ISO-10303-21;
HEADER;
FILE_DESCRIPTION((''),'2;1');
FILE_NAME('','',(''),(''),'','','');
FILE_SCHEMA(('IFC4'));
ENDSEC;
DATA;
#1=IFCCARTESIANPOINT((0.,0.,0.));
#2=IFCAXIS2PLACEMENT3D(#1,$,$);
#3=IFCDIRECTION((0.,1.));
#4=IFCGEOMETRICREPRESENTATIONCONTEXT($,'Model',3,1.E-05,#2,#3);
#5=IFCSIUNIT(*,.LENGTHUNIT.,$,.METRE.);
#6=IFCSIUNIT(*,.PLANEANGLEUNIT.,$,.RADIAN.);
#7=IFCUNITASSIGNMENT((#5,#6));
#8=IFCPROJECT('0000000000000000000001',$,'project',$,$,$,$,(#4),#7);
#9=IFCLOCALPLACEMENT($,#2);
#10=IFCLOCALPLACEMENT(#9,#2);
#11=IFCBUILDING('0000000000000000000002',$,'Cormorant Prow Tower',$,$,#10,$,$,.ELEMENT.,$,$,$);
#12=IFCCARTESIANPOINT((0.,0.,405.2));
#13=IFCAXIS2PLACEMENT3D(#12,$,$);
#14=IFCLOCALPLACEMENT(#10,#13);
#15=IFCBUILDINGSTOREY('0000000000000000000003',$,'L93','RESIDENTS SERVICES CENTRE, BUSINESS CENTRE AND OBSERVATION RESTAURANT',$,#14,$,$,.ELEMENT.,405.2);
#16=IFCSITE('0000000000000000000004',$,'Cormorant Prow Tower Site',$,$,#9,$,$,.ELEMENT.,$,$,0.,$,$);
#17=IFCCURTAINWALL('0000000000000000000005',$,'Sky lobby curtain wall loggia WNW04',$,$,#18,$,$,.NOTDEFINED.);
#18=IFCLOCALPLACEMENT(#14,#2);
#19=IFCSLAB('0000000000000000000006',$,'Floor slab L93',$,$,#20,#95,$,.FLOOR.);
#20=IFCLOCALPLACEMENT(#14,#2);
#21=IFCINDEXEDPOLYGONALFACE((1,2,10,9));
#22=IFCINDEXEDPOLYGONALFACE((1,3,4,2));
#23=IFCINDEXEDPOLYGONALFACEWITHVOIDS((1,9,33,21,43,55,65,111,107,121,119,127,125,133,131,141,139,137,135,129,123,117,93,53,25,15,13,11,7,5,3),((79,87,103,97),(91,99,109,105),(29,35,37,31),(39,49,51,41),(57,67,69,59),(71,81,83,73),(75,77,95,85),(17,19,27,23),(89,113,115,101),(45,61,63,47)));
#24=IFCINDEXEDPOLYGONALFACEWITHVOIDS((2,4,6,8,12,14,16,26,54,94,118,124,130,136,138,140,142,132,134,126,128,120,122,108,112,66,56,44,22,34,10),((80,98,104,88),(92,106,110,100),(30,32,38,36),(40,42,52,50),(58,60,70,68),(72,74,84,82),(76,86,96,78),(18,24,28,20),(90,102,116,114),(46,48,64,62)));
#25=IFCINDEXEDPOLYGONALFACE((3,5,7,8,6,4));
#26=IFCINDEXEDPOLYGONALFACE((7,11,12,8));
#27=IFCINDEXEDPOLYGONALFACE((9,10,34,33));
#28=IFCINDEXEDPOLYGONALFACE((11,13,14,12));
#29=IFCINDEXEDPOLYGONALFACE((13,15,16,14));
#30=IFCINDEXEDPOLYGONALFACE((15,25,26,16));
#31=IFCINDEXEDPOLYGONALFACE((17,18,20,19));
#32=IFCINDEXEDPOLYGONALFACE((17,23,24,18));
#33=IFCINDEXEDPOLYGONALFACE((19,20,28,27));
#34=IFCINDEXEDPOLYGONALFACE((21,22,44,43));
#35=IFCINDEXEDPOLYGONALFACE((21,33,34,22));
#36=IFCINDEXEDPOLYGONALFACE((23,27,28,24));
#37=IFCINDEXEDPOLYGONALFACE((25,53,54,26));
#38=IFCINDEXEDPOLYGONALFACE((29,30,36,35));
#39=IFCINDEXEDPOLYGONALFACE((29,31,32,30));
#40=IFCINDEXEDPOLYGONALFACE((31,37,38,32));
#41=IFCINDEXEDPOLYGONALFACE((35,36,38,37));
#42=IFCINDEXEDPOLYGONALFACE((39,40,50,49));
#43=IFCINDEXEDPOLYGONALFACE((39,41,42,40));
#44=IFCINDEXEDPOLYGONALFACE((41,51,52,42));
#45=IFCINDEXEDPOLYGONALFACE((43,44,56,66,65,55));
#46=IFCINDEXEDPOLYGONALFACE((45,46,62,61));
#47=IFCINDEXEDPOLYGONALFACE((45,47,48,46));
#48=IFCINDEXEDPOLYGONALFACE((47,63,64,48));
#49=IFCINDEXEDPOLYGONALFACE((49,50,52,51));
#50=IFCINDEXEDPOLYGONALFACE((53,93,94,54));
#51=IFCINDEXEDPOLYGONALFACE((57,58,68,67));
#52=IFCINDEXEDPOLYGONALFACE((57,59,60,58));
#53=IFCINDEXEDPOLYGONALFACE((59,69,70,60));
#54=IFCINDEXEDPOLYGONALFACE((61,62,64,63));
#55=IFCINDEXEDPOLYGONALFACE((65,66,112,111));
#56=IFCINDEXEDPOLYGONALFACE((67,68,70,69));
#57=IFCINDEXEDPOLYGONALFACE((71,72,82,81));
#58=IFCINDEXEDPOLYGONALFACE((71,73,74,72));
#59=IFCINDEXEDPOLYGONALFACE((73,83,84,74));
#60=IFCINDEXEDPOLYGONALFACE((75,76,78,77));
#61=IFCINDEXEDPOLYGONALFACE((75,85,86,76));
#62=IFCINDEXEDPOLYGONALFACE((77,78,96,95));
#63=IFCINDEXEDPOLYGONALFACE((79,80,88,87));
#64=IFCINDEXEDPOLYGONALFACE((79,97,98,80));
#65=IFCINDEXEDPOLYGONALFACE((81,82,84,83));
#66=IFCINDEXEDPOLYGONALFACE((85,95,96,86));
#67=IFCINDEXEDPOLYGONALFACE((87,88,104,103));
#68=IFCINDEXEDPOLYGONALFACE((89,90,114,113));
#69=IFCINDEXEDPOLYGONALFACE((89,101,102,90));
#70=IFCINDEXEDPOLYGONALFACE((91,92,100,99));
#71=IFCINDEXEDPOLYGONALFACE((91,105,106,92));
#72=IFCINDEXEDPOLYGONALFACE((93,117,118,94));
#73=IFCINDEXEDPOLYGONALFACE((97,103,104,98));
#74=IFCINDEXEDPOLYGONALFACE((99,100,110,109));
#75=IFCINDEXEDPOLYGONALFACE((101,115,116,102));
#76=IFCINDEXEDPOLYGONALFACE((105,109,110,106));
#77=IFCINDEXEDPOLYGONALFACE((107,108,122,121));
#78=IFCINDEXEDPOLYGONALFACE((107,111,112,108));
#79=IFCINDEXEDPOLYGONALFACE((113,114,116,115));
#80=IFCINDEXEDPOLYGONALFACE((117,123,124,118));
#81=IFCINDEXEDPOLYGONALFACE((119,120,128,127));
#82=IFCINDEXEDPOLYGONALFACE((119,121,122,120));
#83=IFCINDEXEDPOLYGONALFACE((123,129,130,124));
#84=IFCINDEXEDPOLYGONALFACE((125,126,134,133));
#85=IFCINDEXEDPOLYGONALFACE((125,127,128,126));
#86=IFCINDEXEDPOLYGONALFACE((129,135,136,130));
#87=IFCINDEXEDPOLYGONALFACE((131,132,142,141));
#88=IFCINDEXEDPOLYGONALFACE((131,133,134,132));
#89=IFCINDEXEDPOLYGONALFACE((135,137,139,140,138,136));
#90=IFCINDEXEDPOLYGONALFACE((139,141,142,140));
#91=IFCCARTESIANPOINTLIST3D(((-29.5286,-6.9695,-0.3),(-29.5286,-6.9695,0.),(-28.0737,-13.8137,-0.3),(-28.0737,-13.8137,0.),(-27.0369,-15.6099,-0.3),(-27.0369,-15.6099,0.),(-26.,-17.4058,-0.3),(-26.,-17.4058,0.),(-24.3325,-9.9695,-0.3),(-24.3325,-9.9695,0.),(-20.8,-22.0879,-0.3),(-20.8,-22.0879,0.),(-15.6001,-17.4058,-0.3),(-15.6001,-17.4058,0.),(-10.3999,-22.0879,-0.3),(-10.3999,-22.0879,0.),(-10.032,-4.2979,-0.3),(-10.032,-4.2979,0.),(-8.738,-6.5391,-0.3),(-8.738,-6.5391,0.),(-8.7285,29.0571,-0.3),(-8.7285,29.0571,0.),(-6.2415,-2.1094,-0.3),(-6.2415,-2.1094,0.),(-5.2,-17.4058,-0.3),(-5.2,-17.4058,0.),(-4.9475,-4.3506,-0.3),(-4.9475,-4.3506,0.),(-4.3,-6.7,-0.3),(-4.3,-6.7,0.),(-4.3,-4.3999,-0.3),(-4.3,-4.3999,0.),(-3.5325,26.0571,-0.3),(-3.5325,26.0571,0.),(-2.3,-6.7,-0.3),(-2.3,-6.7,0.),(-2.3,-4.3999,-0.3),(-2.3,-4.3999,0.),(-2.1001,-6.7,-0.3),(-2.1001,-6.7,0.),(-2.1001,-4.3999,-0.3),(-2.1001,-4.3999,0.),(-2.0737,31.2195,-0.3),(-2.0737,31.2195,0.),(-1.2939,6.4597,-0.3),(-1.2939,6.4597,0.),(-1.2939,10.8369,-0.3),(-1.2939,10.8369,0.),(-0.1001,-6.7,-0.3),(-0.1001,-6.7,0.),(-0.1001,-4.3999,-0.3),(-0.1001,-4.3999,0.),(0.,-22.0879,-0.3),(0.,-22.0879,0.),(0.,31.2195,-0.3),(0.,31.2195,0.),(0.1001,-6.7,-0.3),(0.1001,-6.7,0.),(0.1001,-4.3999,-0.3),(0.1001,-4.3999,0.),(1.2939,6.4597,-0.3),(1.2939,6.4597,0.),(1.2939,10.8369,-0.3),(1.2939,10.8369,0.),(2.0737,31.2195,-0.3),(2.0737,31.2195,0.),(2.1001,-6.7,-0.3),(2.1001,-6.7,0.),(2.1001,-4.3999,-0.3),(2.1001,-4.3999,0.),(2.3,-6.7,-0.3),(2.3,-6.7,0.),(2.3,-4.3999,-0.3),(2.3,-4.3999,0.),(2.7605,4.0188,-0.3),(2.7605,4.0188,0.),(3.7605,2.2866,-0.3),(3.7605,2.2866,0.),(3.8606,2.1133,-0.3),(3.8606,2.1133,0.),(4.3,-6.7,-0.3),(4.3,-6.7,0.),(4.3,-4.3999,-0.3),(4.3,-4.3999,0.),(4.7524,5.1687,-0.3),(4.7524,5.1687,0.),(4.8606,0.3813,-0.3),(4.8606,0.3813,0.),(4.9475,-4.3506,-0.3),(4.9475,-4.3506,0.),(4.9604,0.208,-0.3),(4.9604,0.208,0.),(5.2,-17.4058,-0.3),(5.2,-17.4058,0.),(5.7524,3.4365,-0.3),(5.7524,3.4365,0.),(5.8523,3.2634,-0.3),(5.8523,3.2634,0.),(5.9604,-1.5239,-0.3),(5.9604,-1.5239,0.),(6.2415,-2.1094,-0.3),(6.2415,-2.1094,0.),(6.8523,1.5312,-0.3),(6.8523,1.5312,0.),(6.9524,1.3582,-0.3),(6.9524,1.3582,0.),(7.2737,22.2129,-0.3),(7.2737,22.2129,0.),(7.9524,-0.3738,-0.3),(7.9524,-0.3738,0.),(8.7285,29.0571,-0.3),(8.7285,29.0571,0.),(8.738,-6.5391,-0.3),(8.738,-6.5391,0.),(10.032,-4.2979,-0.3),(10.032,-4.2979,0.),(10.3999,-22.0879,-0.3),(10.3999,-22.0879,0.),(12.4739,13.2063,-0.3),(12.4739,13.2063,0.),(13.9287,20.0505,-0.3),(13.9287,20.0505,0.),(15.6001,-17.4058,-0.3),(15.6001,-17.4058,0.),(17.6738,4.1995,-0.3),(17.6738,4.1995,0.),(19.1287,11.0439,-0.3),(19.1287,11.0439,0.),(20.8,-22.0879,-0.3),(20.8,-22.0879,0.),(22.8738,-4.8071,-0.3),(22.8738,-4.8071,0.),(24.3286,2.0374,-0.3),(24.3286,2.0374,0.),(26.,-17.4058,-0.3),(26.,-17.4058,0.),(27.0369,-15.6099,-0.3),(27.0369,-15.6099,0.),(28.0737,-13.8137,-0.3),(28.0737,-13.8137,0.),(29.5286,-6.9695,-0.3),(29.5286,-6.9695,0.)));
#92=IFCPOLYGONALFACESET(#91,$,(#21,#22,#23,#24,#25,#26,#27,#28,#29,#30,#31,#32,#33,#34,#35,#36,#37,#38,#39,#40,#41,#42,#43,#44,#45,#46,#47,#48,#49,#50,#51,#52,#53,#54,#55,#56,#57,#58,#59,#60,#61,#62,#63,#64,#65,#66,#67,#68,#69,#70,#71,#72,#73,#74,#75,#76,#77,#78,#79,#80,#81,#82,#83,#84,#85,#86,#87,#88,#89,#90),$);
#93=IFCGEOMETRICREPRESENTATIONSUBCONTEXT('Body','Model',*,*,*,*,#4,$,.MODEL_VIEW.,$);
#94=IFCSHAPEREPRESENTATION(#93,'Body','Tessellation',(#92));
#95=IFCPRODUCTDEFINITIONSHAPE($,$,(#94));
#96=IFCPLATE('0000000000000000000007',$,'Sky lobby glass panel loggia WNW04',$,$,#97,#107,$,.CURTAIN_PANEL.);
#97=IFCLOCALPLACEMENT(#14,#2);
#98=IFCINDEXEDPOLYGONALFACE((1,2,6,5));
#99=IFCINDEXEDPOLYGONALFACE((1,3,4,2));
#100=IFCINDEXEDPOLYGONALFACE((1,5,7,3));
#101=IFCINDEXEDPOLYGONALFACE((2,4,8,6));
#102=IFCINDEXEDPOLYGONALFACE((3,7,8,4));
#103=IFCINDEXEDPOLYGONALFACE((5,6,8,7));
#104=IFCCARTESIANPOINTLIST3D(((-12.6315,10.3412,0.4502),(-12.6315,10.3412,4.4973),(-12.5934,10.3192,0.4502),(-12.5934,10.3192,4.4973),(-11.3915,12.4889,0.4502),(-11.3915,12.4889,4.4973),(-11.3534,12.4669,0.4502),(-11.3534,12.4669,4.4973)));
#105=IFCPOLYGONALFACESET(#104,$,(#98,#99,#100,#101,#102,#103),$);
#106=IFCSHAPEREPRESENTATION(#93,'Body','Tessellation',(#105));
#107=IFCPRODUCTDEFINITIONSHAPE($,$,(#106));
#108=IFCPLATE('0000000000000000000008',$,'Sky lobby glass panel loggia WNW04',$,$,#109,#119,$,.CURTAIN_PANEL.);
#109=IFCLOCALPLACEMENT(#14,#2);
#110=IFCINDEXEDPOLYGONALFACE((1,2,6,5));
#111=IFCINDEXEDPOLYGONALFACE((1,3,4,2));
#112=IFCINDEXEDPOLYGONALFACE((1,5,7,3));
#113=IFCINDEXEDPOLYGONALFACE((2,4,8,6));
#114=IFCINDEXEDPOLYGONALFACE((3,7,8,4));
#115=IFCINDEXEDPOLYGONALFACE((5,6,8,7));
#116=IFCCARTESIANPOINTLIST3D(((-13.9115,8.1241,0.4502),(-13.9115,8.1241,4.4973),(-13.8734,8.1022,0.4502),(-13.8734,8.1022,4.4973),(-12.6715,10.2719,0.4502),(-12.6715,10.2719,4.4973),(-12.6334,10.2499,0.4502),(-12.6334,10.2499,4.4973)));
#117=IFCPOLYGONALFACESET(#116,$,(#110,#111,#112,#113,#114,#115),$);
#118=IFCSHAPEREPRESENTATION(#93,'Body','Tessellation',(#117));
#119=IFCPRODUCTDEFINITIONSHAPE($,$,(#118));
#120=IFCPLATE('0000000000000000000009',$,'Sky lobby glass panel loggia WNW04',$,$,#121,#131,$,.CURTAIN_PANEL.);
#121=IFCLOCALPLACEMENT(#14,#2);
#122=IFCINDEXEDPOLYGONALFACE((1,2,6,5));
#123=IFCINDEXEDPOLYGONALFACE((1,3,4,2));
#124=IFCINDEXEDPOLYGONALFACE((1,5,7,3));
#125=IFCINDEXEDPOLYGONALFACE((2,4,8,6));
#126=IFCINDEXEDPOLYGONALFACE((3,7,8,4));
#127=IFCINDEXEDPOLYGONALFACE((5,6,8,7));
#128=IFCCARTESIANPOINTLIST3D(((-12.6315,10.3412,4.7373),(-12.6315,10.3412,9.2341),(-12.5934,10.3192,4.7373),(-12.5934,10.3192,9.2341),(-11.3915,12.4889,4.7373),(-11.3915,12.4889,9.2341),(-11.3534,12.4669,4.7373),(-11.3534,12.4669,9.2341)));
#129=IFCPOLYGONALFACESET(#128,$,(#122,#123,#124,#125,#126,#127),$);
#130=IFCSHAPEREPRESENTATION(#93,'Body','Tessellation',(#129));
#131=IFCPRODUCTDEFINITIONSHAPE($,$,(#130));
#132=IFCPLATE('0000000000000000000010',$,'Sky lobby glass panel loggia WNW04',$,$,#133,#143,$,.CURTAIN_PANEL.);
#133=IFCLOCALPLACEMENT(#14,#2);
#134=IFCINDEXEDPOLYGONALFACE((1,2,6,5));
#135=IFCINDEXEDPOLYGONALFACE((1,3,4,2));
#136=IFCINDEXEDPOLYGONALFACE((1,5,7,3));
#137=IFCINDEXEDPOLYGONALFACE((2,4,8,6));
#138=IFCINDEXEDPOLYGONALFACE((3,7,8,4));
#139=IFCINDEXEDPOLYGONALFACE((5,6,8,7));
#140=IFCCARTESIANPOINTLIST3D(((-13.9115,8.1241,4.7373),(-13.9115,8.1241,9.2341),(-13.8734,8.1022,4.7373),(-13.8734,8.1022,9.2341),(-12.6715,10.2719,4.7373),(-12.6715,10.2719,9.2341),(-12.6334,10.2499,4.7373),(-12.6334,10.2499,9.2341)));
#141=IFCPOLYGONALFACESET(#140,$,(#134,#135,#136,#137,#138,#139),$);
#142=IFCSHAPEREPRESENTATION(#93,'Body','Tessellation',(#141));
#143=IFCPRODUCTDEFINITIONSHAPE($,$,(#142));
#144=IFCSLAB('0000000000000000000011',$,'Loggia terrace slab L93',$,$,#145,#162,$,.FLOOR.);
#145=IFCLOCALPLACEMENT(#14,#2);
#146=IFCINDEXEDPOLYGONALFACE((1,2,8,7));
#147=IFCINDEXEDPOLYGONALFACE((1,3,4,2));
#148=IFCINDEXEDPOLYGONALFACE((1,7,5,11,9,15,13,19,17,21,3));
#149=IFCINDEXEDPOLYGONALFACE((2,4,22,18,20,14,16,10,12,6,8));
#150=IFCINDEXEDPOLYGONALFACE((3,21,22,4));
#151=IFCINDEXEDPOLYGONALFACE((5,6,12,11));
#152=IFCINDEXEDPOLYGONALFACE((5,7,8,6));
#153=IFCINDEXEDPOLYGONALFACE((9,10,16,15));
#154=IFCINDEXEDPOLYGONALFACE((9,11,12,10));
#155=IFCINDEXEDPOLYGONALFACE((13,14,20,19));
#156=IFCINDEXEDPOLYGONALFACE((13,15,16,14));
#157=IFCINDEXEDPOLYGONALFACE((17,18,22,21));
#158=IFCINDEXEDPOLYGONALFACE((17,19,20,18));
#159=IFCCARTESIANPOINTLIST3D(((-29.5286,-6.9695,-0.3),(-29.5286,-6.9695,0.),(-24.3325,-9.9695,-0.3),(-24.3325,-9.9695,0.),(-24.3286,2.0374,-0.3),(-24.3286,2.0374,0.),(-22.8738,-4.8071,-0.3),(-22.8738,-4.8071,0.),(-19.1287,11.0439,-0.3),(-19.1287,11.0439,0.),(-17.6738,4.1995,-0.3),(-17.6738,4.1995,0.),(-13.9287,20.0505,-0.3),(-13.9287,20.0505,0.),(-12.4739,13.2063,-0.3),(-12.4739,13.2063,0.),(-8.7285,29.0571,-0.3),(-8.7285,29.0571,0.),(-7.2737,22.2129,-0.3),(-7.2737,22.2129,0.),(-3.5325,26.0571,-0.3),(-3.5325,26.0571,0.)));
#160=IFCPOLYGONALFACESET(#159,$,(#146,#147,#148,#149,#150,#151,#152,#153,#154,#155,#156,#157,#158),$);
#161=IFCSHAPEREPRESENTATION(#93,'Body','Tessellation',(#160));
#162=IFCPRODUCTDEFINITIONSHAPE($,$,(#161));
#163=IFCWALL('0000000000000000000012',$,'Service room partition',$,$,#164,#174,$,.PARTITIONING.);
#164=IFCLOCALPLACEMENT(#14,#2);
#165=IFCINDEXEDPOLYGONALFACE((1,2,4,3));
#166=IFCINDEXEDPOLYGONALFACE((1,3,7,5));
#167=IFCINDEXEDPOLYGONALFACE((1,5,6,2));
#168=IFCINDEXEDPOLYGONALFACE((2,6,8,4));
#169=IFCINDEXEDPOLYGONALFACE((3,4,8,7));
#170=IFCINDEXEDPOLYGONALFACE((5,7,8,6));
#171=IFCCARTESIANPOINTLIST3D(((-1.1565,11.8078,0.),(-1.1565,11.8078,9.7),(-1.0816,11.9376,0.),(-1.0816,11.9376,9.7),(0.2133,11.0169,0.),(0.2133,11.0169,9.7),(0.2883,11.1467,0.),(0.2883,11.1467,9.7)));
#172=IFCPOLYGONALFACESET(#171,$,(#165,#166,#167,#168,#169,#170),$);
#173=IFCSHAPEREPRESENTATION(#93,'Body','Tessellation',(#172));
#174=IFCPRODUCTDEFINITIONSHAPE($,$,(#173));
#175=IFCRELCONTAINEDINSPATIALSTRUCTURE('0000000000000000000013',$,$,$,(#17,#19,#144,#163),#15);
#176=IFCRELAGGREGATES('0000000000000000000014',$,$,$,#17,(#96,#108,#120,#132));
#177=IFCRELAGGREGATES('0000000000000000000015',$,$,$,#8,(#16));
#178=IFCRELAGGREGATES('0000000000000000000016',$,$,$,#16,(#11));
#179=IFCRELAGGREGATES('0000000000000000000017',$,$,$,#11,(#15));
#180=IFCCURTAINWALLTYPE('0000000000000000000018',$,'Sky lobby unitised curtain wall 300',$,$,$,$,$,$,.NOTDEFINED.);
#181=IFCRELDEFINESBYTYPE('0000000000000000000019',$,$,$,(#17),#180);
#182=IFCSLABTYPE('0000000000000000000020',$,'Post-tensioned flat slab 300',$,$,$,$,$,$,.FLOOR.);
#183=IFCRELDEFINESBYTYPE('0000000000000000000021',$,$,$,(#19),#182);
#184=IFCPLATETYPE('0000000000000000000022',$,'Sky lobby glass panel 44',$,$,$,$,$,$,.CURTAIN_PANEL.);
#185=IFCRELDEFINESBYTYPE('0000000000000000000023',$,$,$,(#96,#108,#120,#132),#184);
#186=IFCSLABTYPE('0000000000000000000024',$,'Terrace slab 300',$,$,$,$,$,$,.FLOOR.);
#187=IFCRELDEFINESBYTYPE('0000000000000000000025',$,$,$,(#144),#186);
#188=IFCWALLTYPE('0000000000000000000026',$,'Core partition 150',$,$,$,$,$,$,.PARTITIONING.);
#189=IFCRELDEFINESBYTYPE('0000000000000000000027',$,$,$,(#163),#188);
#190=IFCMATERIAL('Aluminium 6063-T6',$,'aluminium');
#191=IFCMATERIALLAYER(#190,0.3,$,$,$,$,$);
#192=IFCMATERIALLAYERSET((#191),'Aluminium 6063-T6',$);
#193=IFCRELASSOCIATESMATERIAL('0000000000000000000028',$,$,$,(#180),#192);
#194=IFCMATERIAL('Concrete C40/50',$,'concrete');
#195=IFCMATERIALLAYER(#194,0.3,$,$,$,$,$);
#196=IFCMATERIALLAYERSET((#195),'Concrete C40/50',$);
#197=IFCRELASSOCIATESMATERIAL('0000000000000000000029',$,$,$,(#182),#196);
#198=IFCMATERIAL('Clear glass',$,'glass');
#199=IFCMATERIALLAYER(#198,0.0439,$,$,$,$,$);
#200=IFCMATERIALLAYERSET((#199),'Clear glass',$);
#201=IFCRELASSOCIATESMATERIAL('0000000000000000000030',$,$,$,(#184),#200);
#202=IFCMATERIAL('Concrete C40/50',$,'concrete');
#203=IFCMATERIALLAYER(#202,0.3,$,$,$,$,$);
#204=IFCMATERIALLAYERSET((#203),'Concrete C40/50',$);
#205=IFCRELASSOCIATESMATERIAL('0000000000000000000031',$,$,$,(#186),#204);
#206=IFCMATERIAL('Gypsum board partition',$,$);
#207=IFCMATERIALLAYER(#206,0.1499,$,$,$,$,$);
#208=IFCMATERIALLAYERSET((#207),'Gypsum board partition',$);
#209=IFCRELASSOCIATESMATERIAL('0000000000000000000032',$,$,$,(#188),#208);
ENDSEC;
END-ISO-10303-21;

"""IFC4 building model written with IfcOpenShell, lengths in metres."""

from ifc_helpers import new_model, si_unit, direction, frame, frame_2d, origin, origin_2d, place, context, subcontext, project, spatial, polyline, rectangle, outline, extrude, material, layer, layer_set, type_object, element, aggregate, save


model = new_model("IFC4")

# Units and contexts
model_context = context("Model", 3, precision=1e-05, world=origin(), true_north=direction((0.0, 1.0)))
body_context = subcontext(model_context, "Body", "Model", "MODEL_VIEW")
ifc_project = project(units=[si_unit("LENGTHUNIT", "METRE"), si_unit("PLANEANGLEUNIT", "RADIAN")], contexts=[model_context])

# Site, building, storey
site_placement = place(None, origin())
site = spatial("IfcSite", under=ifc_project, at=site_placement, Name="Cormorant Prow Tower Site", CompositionType="ELEMENT", RefElevation=0.0)
building_placement = place(site_placement, origin())
building = spatial("IfcBuilding", under=site, at=building_placement, Name="Cormorant Prow Tower", CompositionType="ELEMENT")
storey_placement = place(building_placement, frame((0.0, 0.0, 405.2)))
storey = spatial("IfcBuildingStorey", under=building, at=storey_placement, Name="L93", Description="RESIDENTS SERVICES CENTRE, BUSINESS CENTRE AND OBSERVATION RESTAURANT", CompositionType="ELEMENT", Elevation=405.2)

# Curtain wall
ifc_material_1 = material(Name="Aluminium 6063-T6", Category="aluminium")
ifc_layer_1 = layer(ifc_material_1, 0.3)
ifc_layer_set_1 = layer_set([ifc_layer_1], Name="Aluminium 6063-T6")
curtain_wall_type = type_object("IfcCurtainWallType", Name="Sky lobby unitised curtain wall 300", PredefinedType="NOTDEFINED", material=ifc_layer_set_1)
curtain_wall_1_placement = place(storey_placement, origin())
curtain_wall_1 = element("IfcCurtainWall", 1, at=curtain_wall_1_placement, inside=storey, type_object=curtain_wall_type, Name="Sky lobby curtain wall loggia WNW04", PredefinedType="NOTDEFINED")

# Slab
ifc_material_2 = material(Name="Concrete C40/50", Category="concrete")
ifc_layer_2 = layer(ifc_material_2, 0.3)
ifc_layer_set_2 = layer_set([ifc_layer_2], Name="Concrete C40/50")
slab_type_1 = type_object("IfcSlabType", Name="Post-tensioned flat slab 300", PredefinedType="FLOOR", material=ifc_layer_set_2)
slab_1_placement = place(storey_placement, frame((0.0, 0.0, -0.3)))
element("IfcSlab", 2, at=slab_1_placement, inside=storey, type_object=slab_type_1, Name="Floor slab L93", PredefinedType="FLOOR", context=body_context, shape_type="SweptSolid", body=[
    extrude(outline(polyline([(22.8738, -4.8071), (24.3286, 2.0374), (17.6738, 4.1995), (19.1287, 11.0439), (12.4739, 13.2063), (13.9287, 20.0505), (7.2737, 22.2129), (8.7285, 29.0571), (2.0737, 31.2195), (0.0, 31.2195), (-2.0737, 31.2195), (-8.7285, 29.0571), (-3.5325, 26.0571), (-24.3325, -9.9695), (-29.5286, -6.9695), (-28.0737, -13.8137), (-27.0369, -15.6099), (-26.0, -17.4058), (-20.8, -22.0879), (-15.6001, -17.4058), (-10.3999, -22.0879), (-5.2, -17.4058), (0.0, -22.0879), (5.2, -17.4058), (10.3999, -22.0879), (15.6001, -17.4058), (20.8, -22.0879), (26.0, -17.4058), (27.0369, -15.6099), (28.0737, -13.8137), (29.5286, -6.9695), (22.8738, -4.8071)]), holes=[polyline([(-4.3, -4.3999), (-2.3, -4.3999), (-2.3, -6.7), (-4.3, -6.7), (-4.3, -4.3999)]), polyline([(-0.1001, -4.3999), (-0.1001, -6.7), (-2.1001, -6.7), (-2.1001, -4.3999), (-0.1001, -4.3999)]), polyline([(2.1001, -6.7), (0.1001, -6.7), (0.1001, -4.3999), (2.1001, -4.3999), (2.1001, -6.7)]), polyline([(2.3, -6.7), (2.3, -4.3999), (4.3, -4.3999), (4.3, -6.7), (2.3, -6.7)]), polyline([(5.9604, -1.5239), (4.9604, 0.208), (6.9524, 1.3582), (7.9524, -0.3738), (5.9604, -1.5239)]), polyline([(3.8606, 2.1133), (5.8523, 3.2634), (6.8523, 1.5312), (4.8606, 0.3813), (3.8606, 2.1133)]), polyline([(4.7524, 5.1687), (5.7524, 3.4365), (3.7605, 2.2866), (2.7605, 4.0188), (4.7524, 5.1687)]), polyline([(-4.9475, -4.3506), (-8.738, -6.5391), (-10.032, -4.2979), (-6.2415, -2.1094), (-4.9475, -4.3506)]), polyline([(10.032, -4.2979), (8.738, -6.5391), (4.9475, -4.3506), (6.2415, -2.1094), (10.032, -4.2979)]), polyline([(1.2939, 10.8369), (1.2939, 6.4597), (-1.2939, 6.4597), (-1.2939, 10.8369), (1.2939, 10.8369)])]), origin(), (0.0, 0.0, 1.0), 0.3),
])

# Plates
ifc_material_3 = material(Name="Clear glass", Category="glass")
ifc_layer_3 = layer(ifc_material_3, 0.0439)
ifc_layer_set_3 = layer_set([ifc_layer_3], Name="Clear glass")
plate_type = type_object("IfcPlateType", Name="Sky lobby glass panel 44", PredefinedType="CURTAIN_PANEL", material=ifc_layer_set_3)
plate_1_placement = place(storey_placement, frame((-11.9924, 11.4041, 0.4502), z_axis=(0.0, 0.0, 1.0), x_axis=(-0.5, -0.866025, 0.0)))
plate_1 = element("IfcPlate", 3, at=plate_1_placement, type_object=plate_type, Name="Sky lobby glass panel loggia WNW04", PredefinedType="CURTAIN_PANEL", context=body_context, shape_type="SweptSolid", body=[
    extrude(rectangle(XDim=2.48, YDim=0.0439, at=origin_2d()), origin(), (0.0, 0.0, 1.0), 4.0471),
])
plate_2_placement = place(storey_placement, frame((-13.2725, 9.187, 0.4502), z_axis=(0.0, 0.0, 1.0), x_axis=(-0.5, -0.866025, 0.0)))
plate_2 = element("IfcPlate", 4, at=plate_2_placement, type_object=plate_type, Name="Sky lobby glass panel loggia WNW04", PredefinedType="CURTAIN_PANEL", context=body_context, shape_type="SweptSolid", body=[
    extrude(rectangle(XDim=2.48, YDim=0.0439, at=origin_2d()), origin(), (0.0, 0.0, 1.0), 4.0471),
])
plate_3_placement = place(storey_placement, frame((-11.9924, 11.4041, 4.7373), z_axis=(0.0, 0.0, 1.0), x_axis=(-0.5, -0.866025, 0.0)))
plate_3 = element("IfcPlate", 5, at=plate_3_placement, type_object=plate_type, Name="Sky lobby glass panel loggia WNW04", PredefinedType="CURTAIN_PANEL", context=body_context, shape_type="SweptSolid", body=[
    extrude(rectangle(XDim=2.48, YDim=0.0439, at=origin_2d()), origin(), (0.0, 0.0, 1.0), 4.4968),
])
plate_4_placement = place(storey_placement, frame((-13.2725, 9.187, 4.7373), z_axis=(0.0, 0.0, 1.0), x_axis=(-0.5, -0.866025, 0.0)))
plate_4 = element("IfcPlate", 6, at=plate_4_placement, type_object=plate_type, Name="Sky lobby glass panel loggia WNW04", PredefinedType="CURTAIN_PANEL", context=body_context, shape_type="SweptSolid", body=[
    extrude(rectangle(XDim=2.48, YDim=0.0439, at=origin_2d()), origin(), (0.0, 0.0, 1.0), 4.4968),
])
aggregate(curtain_wall_1, [plate_1, plate_2, plate_3, plate_4])

# Slab
ifc_material_4 = material(Name="Concrete C40/50", Category="concrete")
ifc_layer_4 = layer(ifc_material_4, 0.3)
ifc_layer_set_4 = layer_set([ifc_layer_4], Name="Concrete C40/50")
slab_type_2 = type_object("IfcSlabType", Name="Terrace slab 300", PredefinedType="FLOOR", material=ifc_layer_set_4)
slab_2_placement = place(storey_placement, frame((0.0, 0.0, -0.3)))
element("IfcSlab", 7, at=slab_2_placement, inside=storey, type_object=slab_type_2, Name="Loggia terrace slab L93", PredefinedType="FLOOR", context=body_context, shape_type="SweptSolid", body=[
    extrude(outline(polyline([(-8.7285, 29.0571), (-7.2737, 22.2129), (-13.9287, 20.0505), (-12.4739, 13.2063), (-19.1287, 11.0439), (-17.6738, 4.1995), (-24.3286, 2.0374), (-22.8738, -4.8071), (-29.5286, -6.9695), (-24.3325, -9.9695), (-3.5325, 26.0571), (-8.7285, 29.0571)])), origin(), (0.0, 0.0, 1.0), 0.3),
])

# Wall
ifc_material_5 = material(Name="Gypsum board partition")
ifc_layer_5 = layer(ifc_material_5, 0.1499)
ifc_layer_set_5 = layer_set([ifc_layer_5], Name="Gypsum board partition")
wall_type_1 = type_object("IfcWallType", Name="Core partition 150", PredefinedType="PARTITIONING", material=ifc_layer_set_5)
wall_1_placement = place(storey_placement, frame((-1.1191, 11.8728, 0.0), z_axis=(0.0, 0.0, 1.0), x_axis=(0.865993, -0.500056, 0.0)))
element("IfcWall", 8, at=wall_1_placement, inside=storey, type_object=wall_type_1, Name="Service room partition", PredefinedType="PARTITIONING", context=body_context, shape_type="SweptSolid", body=[
    extrude(rectangle(XDim=1.5818, YDim=0.1499, at=frame_2d((0.791, 0.0))), origin(), (0.0, 0.0, 1.0), 9.7),
])

save(model, "model.ifc")
